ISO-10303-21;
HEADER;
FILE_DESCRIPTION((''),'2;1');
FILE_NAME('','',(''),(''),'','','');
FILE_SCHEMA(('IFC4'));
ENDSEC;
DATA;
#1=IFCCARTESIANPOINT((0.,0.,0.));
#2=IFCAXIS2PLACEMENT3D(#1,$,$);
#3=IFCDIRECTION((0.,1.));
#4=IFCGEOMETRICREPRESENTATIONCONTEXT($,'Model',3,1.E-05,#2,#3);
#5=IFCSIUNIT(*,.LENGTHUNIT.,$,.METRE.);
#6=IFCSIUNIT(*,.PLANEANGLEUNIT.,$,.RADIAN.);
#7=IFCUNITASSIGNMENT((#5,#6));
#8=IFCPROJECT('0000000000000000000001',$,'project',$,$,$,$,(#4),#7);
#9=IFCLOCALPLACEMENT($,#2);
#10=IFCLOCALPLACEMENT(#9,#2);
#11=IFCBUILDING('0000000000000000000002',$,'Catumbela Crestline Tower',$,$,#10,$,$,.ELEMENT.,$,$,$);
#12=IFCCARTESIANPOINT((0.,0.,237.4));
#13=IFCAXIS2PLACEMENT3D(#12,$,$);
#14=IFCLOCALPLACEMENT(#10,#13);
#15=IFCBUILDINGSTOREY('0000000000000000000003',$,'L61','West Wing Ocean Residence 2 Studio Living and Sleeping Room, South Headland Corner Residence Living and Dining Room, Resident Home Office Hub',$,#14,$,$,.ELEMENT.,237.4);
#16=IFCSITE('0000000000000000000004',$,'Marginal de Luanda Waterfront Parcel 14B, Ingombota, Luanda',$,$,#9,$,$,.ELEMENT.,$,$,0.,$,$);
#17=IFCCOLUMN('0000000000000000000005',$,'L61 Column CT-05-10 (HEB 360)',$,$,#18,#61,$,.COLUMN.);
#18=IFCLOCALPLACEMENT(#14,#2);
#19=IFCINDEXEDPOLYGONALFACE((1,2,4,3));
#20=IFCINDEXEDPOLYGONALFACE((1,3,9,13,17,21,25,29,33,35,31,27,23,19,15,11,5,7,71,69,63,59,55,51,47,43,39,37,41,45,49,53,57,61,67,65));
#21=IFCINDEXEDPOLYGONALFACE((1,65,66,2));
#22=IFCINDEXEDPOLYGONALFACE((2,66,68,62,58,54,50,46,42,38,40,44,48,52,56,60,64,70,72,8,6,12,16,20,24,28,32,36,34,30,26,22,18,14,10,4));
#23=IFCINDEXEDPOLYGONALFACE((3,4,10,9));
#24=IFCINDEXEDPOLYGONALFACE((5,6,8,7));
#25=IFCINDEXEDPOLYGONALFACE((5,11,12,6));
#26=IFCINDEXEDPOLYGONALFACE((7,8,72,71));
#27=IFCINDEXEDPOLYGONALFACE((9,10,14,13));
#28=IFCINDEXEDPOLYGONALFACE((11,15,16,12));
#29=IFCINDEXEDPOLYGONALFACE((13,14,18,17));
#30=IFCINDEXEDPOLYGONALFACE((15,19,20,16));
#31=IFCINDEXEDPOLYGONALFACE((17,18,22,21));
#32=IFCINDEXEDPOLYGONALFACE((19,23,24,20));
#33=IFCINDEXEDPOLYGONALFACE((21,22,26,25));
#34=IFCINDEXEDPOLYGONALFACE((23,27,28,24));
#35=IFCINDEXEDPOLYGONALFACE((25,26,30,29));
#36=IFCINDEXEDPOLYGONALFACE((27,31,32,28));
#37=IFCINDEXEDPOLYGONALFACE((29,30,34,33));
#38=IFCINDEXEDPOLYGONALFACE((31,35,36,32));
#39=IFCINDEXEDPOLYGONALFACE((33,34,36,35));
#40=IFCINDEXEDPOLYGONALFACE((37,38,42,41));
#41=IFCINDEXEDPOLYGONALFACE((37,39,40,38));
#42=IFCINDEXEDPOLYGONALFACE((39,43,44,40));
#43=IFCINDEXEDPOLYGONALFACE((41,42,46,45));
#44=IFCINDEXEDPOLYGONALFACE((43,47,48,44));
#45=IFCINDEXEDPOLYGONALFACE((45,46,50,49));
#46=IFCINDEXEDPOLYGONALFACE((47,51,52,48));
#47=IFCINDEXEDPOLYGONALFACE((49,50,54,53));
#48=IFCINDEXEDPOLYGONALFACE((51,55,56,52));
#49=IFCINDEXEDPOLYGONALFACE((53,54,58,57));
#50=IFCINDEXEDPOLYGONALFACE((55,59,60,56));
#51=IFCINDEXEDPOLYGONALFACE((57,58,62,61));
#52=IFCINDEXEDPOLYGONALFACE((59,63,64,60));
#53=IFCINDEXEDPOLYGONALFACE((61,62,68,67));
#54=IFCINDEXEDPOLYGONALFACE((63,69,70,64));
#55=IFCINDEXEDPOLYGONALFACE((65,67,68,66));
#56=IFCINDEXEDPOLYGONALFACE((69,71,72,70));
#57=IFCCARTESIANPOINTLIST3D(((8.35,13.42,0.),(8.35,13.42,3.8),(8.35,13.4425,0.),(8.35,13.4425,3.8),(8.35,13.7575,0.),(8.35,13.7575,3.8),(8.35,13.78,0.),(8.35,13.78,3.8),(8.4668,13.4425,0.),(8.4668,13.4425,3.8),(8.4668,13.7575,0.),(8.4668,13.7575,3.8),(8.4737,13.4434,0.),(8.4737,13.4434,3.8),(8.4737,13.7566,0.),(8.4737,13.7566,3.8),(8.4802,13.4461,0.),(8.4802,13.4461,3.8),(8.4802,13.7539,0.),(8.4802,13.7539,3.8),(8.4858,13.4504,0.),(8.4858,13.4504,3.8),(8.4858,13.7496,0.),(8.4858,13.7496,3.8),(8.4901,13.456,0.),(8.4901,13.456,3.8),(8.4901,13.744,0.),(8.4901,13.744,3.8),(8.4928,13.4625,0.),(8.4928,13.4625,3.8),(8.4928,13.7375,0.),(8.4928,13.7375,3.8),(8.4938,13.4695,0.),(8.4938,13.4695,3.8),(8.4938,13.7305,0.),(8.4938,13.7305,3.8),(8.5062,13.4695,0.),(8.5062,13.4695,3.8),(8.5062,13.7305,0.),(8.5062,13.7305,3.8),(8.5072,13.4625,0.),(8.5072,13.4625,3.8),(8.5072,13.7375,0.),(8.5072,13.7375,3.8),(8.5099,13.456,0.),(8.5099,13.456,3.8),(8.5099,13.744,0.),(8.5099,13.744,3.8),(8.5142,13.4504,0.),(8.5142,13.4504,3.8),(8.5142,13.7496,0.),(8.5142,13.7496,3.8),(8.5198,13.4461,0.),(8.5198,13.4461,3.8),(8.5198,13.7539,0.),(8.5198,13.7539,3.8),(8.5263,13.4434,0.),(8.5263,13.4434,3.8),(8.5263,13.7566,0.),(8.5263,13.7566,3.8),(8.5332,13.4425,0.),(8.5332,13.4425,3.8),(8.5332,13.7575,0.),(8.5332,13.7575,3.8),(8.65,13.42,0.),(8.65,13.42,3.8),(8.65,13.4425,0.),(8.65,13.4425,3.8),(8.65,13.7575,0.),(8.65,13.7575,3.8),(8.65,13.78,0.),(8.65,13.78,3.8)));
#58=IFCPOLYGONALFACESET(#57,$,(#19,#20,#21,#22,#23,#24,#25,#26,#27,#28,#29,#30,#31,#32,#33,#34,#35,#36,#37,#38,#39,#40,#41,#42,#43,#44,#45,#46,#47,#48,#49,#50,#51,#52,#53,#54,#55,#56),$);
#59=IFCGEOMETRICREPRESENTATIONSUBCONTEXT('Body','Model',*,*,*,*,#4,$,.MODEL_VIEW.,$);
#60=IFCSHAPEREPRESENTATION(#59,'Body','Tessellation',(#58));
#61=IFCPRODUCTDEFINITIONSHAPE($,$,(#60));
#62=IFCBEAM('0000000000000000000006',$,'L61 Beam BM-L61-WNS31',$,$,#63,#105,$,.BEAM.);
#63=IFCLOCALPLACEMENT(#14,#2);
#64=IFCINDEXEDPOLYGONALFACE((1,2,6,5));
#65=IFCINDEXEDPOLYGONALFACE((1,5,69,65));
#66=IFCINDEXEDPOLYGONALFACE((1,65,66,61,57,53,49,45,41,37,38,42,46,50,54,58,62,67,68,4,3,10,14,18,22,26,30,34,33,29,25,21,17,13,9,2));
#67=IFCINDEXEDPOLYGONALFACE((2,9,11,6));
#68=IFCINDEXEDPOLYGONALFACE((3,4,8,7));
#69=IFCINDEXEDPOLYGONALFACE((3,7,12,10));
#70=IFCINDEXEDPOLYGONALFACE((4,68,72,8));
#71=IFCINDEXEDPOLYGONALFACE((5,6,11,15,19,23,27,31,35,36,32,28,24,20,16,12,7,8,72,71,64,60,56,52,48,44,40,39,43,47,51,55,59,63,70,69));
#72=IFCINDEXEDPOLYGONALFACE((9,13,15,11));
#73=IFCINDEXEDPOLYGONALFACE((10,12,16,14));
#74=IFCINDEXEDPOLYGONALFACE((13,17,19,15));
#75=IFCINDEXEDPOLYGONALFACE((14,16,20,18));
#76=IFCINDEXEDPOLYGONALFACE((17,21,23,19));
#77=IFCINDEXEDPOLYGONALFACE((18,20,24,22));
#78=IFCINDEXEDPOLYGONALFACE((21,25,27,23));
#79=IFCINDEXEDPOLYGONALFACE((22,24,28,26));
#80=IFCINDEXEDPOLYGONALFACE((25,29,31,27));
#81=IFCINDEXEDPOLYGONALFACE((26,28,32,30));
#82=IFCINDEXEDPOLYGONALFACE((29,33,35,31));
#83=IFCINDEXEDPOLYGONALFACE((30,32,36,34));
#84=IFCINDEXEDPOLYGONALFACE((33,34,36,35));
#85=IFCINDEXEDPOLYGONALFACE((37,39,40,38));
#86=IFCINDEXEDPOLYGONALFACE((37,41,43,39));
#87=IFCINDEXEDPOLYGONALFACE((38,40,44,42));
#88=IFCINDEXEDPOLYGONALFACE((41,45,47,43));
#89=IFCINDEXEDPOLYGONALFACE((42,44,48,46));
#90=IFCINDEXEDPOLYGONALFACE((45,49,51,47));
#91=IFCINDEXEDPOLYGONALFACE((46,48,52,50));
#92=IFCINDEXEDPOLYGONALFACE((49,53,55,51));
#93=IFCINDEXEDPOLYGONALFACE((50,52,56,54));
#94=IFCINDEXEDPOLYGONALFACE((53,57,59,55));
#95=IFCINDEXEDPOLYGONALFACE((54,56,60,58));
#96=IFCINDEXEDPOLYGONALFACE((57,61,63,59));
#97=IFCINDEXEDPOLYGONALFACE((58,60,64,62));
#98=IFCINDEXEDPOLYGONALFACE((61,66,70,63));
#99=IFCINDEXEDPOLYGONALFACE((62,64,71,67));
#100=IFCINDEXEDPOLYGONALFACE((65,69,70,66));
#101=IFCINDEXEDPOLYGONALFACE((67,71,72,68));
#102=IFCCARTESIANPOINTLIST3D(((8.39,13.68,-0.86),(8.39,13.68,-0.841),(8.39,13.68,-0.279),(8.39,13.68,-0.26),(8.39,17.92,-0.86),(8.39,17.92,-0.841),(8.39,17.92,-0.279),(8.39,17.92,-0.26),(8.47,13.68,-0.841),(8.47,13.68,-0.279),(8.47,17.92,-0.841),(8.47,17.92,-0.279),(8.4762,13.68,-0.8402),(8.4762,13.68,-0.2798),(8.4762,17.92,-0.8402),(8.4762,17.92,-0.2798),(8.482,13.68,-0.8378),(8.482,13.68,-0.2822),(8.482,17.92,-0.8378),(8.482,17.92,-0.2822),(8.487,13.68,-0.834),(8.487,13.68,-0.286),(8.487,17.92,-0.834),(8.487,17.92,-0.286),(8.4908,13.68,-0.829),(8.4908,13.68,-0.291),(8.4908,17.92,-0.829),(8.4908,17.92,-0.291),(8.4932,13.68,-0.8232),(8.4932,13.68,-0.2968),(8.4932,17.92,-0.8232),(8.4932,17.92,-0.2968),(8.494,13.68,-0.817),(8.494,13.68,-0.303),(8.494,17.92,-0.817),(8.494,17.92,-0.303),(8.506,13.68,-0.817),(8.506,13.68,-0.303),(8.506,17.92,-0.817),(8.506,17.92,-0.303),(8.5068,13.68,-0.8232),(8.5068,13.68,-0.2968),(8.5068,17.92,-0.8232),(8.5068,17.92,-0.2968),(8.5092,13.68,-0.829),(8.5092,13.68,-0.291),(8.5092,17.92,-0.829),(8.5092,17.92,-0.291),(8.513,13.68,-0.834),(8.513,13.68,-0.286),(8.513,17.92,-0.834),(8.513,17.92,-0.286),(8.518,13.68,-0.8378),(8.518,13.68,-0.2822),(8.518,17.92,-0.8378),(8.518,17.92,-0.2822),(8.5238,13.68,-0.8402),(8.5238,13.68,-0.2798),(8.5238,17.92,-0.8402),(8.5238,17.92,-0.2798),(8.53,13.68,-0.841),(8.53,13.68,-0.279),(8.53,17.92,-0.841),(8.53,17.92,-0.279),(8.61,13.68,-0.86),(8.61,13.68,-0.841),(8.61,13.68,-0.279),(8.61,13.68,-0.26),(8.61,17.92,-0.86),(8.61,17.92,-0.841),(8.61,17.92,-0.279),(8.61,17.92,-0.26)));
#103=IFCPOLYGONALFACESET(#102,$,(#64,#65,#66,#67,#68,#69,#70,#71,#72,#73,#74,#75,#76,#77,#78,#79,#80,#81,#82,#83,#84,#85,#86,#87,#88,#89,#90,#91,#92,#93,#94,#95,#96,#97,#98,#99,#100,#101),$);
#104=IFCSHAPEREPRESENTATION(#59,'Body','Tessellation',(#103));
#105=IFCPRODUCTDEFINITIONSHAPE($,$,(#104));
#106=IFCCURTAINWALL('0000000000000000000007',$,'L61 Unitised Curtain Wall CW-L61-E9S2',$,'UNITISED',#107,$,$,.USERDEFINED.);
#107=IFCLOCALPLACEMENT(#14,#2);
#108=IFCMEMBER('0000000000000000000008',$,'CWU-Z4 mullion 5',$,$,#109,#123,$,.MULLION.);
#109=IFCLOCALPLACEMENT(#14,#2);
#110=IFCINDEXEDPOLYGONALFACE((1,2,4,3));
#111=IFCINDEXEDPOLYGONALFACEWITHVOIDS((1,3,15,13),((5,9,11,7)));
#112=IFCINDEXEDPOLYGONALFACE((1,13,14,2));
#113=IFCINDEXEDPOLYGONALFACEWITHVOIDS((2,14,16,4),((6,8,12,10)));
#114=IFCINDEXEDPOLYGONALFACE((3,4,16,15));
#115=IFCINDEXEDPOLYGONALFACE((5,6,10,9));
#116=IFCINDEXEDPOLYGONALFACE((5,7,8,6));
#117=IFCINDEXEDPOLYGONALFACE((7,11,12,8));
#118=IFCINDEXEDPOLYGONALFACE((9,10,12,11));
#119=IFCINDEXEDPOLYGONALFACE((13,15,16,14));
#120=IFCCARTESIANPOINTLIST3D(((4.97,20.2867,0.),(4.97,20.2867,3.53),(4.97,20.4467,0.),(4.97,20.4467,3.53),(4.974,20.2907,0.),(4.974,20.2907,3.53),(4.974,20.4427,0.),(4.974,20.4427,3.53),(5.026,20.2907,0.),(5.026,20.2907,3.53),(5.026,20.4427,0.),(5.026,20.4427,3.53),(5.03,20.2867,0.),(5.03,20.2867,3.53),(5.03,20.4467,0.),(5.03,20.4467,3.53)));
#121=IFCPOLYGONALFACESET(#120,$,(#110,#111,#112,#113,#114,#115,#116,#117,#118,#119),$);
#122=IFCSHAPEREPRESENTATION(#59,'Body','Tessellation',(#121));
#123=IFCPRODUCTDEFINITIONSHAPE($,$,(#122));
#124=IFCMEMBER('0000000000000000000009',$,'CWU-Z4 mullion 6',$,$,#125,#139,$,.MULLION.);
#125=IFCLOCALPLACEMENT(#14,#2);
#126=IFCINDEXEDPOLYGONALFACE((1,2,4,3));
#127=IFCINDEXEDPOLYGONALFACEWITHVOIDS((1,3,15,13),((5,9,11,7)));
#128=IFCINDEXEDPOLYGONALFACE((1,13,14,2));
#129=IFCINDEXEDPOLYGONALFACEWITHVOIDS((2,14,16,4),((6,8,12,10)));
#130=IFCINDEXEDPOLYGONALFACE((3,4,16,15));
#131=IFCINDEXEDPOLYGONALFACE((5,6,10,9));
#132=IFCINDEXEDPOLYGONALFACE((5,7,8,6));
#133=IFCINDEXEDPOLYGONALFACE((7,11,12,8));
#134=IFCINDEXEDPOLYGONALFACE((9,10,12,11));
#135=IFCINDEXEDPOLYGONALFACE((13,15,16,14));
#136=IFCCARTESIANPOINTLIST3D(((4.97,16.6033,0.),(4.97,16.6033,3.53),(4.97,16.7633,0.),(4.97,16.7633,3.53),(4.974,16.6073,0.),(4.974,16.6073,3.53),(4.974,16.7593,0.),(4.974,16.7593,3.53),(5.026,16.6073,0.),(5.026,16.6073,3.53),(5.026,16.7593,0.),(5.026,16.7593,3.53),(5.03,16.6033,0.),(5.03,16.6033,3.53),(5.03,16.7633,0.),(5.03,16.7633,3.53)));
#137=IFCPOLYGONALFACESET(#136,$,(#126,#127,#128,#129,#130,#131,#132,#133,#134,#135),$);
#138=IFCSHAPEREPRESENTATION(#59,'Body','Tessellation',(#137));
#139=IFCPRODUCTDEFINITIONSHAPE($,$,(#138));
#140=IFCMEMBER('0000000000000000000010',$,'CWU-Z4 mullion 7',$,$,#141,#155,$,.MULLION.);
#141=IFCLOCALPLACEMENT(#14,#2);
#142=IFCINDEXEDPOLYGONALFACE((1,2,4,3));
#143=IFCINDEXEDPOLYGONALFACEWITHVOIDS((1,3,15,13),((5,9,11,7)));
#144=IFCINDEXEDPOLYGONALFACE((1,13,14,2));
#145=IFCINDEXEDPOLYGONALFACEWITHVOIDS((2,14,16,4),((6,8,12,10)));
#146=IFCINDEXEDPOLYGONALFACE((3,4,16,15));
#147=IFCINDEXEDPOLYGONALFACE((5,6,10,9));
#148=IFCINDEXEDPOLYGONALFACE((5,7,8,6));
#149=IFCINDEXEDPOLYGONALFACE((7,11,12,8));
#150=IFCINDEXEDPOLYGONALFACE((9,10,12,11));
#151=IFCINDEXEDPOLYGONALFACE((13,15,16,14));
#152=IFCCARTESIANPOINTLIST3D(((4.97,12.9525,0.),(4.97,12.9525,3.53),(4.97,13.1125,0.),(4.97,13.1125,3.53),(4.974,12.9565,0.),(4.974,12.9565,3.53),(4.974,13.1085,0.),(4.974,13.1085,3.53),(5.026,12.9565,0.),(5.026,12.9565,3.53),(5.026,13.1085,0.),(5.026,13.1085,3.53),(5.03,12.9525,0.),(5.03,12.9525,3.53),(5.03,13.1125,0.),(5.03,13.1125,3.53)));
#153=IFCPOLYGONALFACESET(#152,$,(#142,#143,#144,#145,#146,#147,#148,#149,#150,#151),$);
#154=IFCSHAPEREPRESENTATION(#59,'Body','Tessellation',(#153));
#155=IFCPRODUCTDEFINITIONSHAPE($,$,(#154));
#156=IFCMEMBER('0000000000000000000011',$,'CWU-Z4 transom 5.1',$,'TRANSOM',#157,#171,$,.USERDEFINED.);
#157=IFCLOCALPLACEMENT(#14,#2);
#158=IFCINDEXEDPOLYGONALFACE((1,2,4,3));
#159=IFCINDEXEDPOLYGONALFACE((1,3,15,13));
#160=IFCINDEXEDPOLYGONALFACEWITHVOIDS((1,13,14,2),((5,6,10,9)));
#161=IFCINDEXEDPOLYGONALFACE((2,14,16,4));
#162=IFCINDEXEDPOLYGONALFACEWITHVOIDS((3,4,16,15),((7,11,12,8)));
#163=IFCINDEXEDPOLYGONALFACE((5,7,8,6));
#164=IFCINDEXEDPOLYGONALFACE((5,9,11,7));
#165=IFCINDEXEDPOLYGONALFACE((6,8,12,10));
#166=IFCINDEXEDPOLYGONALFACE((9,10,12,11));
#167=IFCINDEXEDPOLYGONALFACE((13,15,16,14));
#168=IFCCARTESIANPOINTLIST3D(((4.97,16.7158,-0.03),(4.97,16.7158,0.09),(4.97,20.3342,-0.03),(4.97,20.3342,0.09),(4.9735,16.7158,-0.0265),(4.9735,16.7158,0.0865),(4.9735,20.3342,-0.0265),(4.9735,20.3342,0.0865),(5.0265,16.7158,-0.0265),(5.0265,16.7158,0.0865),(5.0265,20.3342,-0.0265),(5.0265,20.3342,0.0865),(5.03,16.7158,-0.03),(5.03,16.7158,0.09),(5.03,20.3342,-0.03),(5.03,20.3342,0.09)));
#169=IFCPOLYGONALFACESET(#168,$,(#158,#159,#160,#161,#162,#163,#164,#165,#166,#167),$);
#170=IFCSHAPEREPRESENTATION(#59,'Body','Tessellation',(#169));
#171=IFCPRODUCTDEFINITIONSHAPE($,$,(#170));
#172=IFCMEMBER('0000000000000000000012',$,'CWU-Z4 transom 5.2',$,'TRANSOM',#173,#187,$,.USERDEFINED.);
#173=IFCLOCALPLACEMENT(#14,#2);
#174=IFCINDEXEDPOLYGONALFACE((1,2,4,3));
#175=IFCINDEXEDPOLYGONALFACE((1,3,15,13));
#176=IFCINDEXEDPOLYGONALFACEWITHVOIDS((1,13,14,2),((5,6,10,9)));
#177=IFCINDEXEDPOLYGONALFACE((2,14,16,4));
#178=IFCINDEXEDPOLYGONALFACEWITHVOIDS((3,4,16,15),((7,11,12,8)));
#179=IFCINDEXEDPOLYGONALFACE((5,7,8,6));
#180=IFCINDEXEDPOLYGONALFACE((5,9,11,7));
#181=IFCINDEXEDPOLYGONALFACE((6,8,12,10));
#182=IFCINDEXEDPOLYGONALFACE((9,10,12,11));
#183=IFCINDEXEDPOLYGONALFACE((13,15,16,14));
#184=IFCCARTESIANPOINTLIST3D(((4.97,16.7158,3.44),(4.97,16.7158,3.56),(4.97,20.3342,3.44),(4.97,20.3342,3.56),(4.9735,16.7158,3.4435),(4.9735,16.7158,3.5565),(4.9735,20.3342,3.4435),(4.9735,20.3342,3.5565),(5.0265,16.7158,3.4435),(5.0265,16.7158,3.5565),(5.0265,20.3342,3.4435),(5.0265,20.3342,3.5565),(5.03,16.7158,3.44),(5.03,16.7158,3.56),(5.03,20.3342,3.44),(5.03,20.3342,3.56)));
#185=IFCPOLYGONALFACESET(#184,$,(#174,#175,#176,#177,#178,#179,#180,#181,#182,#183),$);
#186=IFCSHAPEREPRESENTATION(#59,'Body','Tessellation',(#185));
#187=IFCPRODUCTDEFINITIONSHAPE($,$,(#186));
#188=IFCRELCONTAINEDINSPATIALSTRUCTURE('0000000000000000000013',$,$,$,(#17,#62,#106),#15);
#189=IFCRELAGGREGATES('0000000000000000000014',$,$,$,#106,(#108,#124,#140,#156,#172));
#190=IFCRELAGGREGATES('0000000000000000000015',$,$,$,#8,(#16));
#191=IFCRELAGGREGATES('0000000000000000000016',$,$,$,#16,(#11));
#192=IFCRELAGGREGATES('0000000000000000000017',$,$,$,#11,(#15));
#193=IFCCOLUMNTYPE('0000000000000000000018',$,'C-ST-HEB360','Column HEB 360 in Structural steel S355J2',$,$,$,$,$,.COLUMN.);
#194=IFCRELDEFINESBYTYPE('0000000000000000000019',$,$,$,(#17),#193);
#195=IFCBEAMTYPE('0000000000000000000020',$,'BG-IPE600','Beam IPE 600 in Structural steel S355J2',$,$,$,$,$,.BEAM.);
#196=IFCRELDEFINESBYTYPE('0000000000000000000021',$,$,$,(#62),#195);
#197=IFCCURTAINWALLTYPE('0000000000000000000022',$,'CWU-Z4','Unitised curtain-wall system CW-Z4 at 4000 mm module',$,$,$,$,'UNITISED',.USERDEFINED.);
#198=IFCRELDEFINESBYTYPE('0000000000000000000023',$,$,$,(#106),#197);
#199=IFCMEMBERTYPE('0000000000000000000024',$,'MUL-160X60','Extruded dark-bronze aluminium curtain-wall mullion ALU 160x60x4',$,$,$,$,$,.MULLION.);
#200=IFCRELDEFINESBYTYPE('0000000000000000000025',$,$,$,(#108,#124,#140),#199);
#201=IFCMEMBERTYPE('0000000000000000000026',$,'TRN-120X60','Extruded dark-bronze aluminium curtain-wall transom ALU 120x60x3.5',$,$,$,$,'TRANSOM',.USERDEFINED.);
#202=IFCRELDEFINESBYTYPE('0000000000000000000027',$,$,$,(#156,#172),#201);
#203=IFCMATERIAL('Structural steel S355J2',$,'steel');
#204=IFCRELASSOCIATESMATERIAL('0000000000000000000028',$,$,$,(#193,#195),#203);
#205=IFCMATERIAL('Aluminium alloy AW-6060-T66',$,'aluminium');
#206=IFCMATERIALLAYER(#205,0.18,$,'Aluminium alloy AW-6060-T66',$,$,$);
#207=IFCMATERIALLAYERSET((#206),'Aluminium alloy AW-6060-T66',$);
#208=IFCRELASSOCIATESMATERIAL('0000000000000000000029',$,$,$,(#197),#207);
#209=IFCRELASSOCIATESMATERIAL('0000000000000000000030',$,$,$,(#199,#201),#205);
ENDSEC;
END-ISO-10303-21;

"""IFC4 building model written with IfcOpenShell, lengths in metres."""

from ifc_helpers import new_model, si_unit, direction, frame, origin, origin_2d, place, context, subcontext, project, spatial, hollow_rectangle, i_section, extrude, material, layer, layer_set, material_profile, profile_set, type_object, element, aggregate, save


model = new_model("IFC4")

# Units and contexts
model_context = context("Model", 3, precision=1e-05, world=origin(), true_north=direction((0.0, 1.0)))
body_context = subcontext(model_context, "Body", "Model", "MODEL_VIEW")
ifc_project = project(units=[si_unit("LENGTHUNIT", "METRE"), si_unit("PLANEANGLEUNIT", "RADIAN")], contexts=[model_context])

# Site, building, storey
site_placement = place(None, origin())
site = spatial("IfcSite", under=ifc_project, at=site_placement, Name="Marginal de Luanda Waterfront Parcel 14B, Ingombota, Luanda", CompositionType="ELEMENT", RefElevation=0.0)
building_placement = place(site_placement, origin())
building = spatial("IfcBuilding", under=site, at=building_placement, Name="Catumbela Crestline Tower", CompositionType="ELEMENT")
storey_placement = place(building_placement, frame((0.0, 0.0, 237.4)))
storey = spatial("IfcBuildingStorey", under=building, at=storey_placement, Name="L61", Description="West Wing Ocean Residence 2 Studio Living and Sleeping Room, South Headland Corner Residence Living and Dining Room, Resident Home Office Hub", CompositionType="ELEMENT", Elevation=237.4)

# Column
ifc_material_1 = material(Name="Structural steel S355J2", Category="steel")
ifc_material_profile_1 = material_profile(ifc_material_1, i_section(OverallWidth=0.3, OverallDepth=0.36, WebThickness=0.0125, FlangeThickness=0.0225, FilletRadius=0.027, at=origin_2d()), Name="HEB 360")
ifc_profile_set_1 = profile_set([ifc_material_profile_1], Name="Structural steel S355J2")
column_type = type_object("IfcColumnType", Name="C-ST-HEB360", Description="Column HEB 360 in Structural steel S355J2", PredefinedType="COLUMN", material=ifc_profile_set_1)
column_placement = place(storey_placement, frame((8.5, 13.6, 0.0), z_axis=(0.0, 0.0, 1.0), x_axis=(1.0, 0.0, 0.0)))
element("IfcColumn", 1, at=column_placement, inside=storey, type_object=column_type, Name="L61 Column CT-05-10 (HEB 360)", PredefinedType="COLUMN", context=body_context, shape_type="SweptSolid", body=[
    extrude(i_section(OverallWidth=0.3, OverallDepth=0.36, WebThickness=0.0125, FlangeThickness=0.0225, FilletRadius=0.027, at=origin_2d()), origin(), (0.0, 0.0, 1.0), 3.8),
])

# Beam
ifc_material_profile_2 = material_profile(ifc_material_1, i_section(OverallWidth=0.22, OverallDepth=0.6, WebThickness=0.012, FlangeThickness=0.019, FilletRadius=0.024, at=origin_2d()), Name="IPE 600")
ifc_profile_set_2 = profile_set([ifc_material_profile_2], Name="Structural steel S355J2")
beam_type = type_object("IfcBeamType", Name="BG-IPE600", Description="Beam IPE 600 in Structural steel S355J2", PredefinedType="BEAM", material=ifc_profile_set_2)
beam_placement = place(storey_placement, frame((8.5, 13.68, -0.56), z_axis=(0.0, 1.0, 0.0), x_axis=(-1.0, 0.0, 0.0)))
element("IfcBeam", 2, at=beam_placement, inside=storey, type_object=beam_type, Name="L61 Beam BM-L61-WNS31", PredefinedType="BEAM", context=body_context, shape_type="SweptSolid", body=[
    extrude(i_section(OverallWidth=0.22, OverallDepth=0.6, WebThickness=0.012, FlangeThickness=0.019, FilletRadius=0.024, at=origin_2d()), origin(), (0.0, 0.0, 1.0), 4.24),
])

# Curtain wall, members
ifc_material_2 = material(Name="Aluminium alloy AW-6060-T66", Category="aluminium")
ifc_layer_1 = layer(ifc_material_2, 0.18, Name="Aluminium alloy AW-6060-T66")
ifc_layer_set_1 = layer_set([ifc_layer_1], Name="Aluminium alloy AW-6060-T66")
curtain_wall_type = type_object("IfcCurtainWallType", Name="CWU-Z4", Description="Unitised curtain-wall system CW-Z4 at 4000 mm module", ElementType="UNITISED", PredefinedType="USERDEFINED", material=ifc_layer_set_1)
curtain_wall_placement = place(storey_placement, origin())
curtain_wall = element("IfcCurtainWall", 3, at=curtain_wall_placement, inside=storey, type_object=curtain_wall_type, Name="L61 Unitised Curtain Wall CW-L61-E9S2", ObjectType="UNITISED", PredefinedType="USERDEFINED")
ifc_material_profile_3 = material_profile(ifc_material_2, hollow_rectangle(XDim=0.06, YDim=0.16, WallThickness=0.004, at=origin_2d()), Name="ALU 160x60x4")
ifc_profile_set_3 = profile_set([ifc_material_profile_3], Name="Aluminium alloy AW-6060-T66")
member_type_1 = type_object("IfcMemberType", Name="MUL-160X60", Description="Extruded dark-bronze aluminium curtain-wall mullion ALU 160x60x4", PredefinedType="MULLION", material=ifc_profile_set_3)
member_1_placement = place(storey_placement, frame((5.0, 20.3667, 0.0), z_axis=(0.0, 0.0, 1.0), x_axis=(1.0, 0.0, 0.0)))
member_1 = element("IfcMember", 4, at=member_1_placement, type_object=member_type_1, Name="CWU-Z4 mullion 5", PredefinedType="MULLION", context=body_context, shape_type="SweptSolid", body=[
    extrude(hollow_rectangle(XDim=0.06, YDim=0.16, WallThickness=0.004, at=origin_2d()), origin(), (0.0, 0.0, 1.0), 3.53),
])
member_2_placement = place(storey_placement, frame((5.0, 16.6833, 0.0), z_axis=(0.0, 0.0, 1.0), x_axis=(1.0, 0.0, 0.0)))
member_2 = element("IfcMember", 5, at=member_2_placement, type_object=member_type_1, Name="CWU-Z4 mullion 6", PredefinedType="MULLION", context=body_context, shape_type="SweptSolid", body=[
    extrude(hollow_rectangle(XDim=0.06, YDim=0.16, WallThickness=0.004, at=origin_2d()), origin(), (0.0, 0.0, 1.0), 3.53),
])
member_3_placement = place(storey_placement, frame((5.0, 13.0325, 0.0), z_axis=(0.0, 0.0, 1.0), x_axis=(1.0, 0.0, 0.0)))
member_3 = element("IfcMember", 6, at=member_3_placement, type_object=member_type_1, Name="CWU-Z4 mullion 7", PredefinedType="MULLION", context=body_context, shape_type="SweptSolid", body=[
    extrude(hollow_rectangle(XDim=0.06, YDim=0.16, WallThickness=0.004, at=origin_2d()), origin(), (0.0, 0.0, 1.0), 3.53),
])
ifc_material_profile_4 = material_profile(ifc_material_2, hollow_rectangle(XDim=0.06, YDim=0.12, WallThickness=0.0035, at=origin_2d()), Name="ALU 120x60x3.5")
ifc_profile_set_4 = profile_set([ifc_material_profile_4], Name="Aluminium alloy AW-6060-T66")
member_type_2 = type_object("IfcMemberType", Name="TRN-120X60", Description="Extruded dark-bronze aluminium curtain-wall transom ALU 120x60x3.5", ElementType="TRANSOM", PredefinedType="USERDEFINED", material=ifc_profile_set_4)
member_4_placement = place(storey_placement, frame((5.0, 20.3342, 0.03), z_axis=(0.0, -1.0, 0.0), x_axis=(1.0, 0.0, 0.0)))
member_4 = element("IfcMember", 7, at=member_4_placement, type_object=member_type_2, Name="CWU-Z4 transom 5.1", ObjectType="TRANSOM", PredefinedType="USERDEFINED", context=body_context, shape_type="SweptSolid", body=[
    extrude(hollow_rectangle(XDim=0.06, YDim=0.12, WallThickness=0.0035, at=origin_2d()), origin(), (0.0, 0.0, 1.0), 3.6184),
])
member_5_placement = place(storey_placement, frame((5.0, 20.3342, 3.5), z_axis=(0.0, -1.0, 0.0), x_axis=(1.0, 0.0, 0.0)))
member_5 = element("IfcMember", 8, at=member_5_placement, type_object=member_type_2, Name="CWU-Z4 transom 5.2", ObjectType="TRANSOM", PredefinedType="USERDEFINED", context=body_context, shape_type="SweptSolid", body=[
    extrude(hollow_rectangle(XDim=0.06, YDim=0.12, WallThickness=0.0035, at=origin_2d()), origin(), (0.0, 0.0, 1.0), 3.6184),
])
aggregate(curtain_wall, [member_1, member_2, member_3, member_4, member_5])

save(model, "model.ifc")
